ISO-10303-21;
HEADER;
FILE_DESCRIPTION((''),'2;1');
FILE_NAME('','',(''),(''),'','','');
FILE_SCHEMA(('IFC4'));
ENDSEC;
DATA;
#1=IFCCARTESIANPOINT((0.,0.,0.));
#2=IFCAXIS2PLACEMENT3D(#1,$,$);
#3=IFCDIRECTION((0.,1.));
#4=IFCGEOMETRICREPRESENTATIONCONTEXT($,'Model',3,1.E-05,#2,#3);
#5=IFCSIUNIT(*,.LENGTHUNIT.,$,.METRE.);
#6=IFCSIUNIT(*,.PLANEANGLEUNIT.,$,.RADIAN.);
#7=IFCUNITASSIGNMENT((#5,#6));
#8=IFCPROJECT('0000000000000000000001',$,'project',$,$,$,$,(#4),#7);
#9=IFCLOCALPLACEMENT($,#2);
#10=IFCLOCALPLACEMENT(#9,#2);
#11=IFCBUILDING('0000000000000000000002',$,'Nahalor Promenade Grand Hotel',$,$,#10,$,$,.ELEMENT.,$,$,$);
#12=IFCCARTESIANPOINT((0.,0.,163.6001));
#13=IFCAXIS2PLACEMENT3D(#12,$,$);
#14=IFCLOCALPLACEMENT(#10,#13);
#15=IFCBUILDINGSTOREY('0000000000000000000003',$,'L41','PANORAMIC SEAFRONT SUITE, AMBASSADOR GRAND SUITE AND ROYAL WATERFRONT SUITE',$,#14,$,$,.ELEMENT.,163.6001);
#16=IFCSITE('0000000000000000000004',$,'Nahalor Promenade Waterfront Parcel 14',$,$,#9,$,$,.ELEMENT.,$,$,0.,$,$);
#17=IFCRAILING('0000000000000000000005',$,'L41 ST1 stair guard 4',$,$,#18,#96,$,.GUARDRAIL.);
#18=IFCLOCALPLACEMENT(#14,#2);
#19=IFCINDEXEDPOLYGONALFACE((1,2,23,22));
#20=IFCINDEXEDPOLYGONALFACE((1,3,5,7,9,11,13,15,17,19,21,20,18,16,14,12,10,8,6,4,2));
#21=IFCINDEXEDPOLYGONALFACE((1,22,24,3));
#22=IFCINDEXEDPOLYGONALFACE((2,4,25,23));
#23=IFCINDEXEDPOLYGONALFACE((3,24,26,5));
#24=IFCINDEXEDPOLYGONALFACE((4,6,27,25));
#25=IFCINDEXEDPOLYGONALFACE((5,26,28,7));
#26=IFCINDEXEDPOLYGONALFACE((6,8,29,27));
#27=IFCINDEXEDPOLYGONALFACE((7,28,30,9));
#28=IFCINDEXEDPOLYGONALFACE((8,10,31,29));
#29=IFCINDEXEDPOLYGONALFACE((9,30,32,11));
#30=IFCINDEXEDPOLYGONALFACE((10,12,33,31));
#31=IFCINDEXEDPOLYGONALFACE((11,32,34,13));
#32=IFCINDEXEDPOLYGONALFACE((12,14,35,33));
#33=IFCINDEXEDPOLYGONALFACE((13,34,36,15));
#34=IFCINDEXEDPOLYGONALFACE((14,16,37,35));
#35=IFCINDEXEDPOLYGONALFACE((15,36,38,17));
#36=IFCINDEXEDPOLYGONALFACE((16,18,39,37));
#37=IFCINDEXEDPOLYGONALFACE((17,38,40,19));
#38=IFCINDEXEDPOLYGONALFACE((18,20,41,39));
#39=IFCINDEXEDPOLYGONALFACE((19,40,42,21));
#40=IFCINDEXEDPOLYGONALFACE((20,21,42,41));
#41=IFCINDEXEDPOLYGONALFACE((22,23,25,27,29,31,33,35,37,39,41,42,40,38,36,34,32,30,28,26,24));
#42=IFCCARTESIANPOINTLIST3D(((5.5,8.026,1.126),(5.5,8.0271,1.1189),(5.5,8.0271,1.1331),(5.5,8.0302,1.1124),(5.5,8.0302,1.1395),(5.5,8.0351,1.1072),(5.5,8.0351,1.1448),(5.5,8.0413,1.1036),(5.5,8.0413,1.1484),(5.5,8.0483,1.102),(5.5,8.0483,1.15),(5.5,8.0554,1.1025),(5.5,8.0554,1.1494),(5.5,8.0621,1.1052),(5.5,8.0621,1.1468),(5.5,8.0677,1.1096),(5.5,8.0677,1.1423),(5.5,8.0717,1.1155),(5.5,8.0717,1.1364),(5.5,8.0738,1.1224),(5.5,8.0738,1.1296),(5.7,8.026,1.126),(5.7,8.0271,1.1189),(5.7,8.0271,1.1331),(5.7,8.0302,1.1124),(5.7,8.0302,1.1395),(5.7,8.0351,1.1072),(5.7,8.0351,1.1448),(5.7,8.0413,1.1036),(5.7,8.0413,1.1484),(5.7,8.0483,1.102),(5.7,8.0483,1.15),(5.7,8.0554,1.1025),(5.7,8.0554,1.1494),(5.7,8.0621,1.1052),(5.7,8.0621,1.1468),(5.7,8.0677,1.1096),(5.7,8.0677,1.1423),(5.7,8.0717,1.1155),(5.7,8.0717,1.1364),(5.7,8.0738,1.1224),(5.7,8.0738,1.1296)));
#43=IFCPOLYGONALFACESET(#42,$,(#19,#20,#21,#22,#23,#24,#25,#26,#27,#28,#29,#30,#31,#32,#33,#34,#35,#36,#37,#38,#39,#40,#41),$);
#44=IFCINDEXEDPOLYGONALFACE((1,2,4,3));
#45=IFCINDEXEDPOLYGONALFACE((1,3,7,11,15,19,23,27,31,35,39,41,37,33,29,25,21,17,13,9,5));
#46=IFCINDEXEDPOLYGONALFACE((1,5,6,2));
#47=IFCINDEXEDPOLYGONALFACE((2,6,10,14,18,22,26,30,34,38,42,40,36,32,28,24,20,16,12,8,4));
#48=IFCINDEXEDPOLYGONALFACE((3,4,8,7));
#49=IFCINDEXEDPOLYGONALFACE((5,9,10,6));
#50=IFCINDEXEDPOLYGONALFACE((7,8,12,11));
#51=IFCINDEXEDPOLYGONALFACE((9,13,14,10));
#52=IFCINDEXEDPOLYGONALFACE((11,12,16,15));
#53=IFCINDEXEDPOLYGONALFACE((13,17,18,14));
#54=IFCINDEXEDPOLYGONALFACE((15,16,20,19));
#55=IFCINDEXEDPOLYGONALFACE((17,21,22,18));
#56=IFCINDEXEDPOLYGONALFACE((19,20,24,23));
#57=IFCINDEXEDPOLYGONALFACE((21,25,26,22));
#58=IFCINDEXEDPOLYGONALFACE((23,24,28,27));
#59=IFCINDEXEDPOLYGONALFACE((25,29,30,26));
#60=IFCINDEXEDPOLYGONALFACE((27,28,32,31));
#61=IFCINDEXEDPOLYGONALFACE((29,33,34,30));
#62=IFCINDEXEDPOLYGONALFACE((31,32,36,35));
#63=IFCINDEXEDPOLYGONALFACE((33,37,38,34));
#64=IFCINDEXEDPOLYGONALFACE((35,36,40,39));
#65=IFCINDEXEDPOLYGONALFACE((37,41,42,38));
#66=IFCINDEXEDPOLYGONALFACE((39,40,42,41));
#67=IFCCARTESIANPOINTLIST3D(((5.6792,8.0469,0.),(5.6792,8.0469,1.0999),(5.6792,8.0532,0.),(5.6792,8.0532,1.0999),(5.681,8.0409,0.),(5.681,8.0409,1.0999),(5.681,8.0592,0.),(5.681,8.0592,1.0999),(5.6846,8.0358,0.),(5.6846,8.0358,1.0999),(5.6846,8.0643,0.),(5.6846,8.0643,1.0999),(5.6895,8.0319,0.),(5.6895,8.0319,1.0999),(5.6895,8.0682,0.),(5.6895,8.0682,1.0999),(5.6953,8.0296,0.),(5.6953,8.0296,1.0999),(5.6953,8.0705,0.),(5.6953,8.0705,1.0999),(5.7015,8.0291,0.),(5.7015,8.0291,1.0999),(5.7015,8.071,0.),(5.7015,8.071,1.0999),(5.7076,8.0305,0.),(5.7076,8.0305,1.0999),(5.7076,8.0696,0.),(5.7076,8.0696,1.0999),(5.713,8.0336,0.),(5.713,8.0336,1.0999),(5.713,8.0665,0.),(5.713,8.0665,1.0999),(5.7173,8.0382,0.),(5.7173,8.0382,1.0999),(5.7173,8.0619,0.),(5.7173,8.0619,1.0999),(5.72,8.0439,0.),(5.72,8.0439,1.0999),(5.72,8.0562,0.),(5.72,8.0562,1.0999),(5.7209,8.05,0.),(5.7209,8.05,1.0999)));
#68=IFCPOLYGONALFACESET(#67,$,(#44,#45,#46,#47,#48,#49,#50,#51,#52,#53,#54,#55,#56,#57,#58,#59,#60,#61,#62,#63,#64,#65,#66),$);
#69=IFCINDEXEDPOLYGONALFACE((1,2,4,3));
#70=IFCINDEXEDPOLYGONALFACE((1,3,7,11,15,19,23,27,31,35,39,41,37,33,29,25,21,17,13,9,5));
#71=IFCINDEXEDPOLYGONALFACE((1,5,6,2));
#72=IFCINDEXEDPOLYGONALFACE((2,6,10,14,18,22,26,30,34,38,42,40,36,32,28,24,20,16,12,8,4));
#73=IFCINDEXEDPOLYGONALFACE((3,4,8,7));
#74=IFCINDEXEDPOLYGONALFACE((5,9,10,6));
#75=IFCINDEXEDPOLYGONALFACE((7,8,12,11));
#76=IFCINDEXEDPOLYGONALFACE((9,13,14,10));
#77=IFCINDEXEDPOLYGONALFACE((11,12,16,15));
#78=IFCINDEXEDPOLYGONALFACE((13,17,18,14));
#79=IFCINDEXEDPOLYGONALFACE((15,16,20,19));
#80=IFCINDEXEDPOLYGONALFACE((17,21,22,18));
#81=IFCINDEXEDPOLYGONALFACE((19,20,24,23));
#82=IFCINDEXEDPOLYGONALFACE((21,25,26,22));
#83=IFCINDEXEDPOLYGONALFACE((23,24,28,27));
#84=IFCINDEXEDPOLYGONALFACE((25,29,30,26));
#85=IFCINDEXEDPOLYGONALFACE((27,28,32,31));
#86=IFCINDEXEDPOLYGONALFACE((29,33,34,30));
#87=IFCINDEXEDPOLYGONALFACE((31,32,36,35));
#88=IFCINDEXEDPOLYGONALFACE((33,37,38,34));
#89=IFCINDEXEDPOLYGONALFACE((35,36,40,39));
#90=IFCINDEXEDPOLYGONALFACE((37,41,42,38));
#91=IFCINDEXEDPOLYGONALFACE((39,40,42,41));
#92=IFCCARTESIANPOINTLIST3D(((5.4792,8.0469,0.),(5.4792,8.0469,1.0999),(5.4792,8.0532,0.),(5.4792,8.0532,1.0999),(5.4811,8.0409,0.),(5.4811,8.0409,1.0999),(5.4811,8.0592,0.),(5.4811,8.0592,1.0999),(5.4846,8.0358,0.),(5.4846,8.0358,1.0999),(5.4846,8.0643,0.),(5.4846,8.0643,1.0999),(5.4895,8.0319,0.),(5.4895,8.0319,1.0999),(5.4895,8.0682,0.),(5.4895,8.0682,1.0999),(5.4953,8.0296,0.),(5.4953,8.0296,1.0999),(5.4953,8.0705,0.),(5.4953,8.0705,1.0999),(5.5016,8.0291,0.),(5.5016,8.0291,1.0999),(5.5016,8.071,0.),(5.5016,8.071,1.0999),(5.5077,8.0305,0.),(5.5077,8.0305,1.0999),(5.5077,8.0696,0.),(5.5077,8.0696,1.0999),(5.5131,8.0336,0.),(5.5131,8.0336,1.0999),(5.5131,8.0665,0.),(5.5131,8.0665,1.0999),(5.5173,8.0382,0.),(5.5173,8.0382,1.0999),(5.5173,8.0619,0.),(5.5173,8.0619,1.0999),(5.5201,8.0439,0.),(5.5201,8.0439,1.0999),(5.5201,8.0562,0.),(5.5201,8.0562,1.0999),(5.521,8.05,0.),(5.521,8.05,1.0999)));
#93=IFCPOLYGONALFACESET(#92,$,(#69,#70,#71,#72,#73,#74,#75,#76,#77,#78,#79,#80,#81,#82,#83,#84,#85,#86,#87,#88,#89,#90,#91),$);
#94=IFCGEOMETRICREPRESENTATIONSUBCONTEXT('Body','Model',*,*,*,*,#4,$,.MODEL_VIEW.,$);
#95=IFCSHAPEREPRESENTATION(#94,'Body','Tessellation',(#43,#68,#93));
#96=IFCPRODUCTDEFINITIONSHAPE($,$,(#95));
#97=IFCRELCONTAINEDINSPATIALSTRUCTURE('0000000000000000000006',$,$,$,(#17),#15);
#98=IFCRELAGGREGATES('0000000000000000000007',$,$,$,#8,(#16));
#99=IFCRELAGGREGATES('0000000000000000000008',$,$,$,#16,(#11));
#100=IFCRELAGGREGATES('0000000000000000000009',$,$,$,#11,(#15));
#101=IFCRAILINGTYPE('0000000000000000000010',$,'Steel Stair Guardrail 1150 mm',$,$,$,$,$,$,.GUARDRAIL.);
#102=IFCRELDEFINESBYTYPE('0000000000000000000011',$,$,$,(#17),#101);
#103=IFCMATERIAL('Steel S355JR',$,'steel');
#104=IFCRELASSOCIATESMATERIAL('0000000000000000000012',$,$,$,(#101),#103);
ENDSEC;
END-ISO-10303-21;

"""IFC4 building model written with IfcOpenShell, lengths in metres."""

from ifc_helpers import new_model, si_unit, direction, frame, origin, origin_2d, place, context, subcontext, project, spatial, circle, extrude, material, type_object, element, save


model = new_model("IFC4")

# Units and contexts
model_context = context("Model", 3, precision=1e-05, world=origin(), true_north=direction((0.0, 1.0)))
body_context = subcontext(model_context, "Body", "Model", "MODEL_VIEW")
ifc_project = project(units=[si_unit("LENGTHUNIT", "METRE"), si_unit("PLANEANGLEUNIT", "RADIAN")], contexts=[model_context])

# Site, building, storey
site_placement = place(None, origin())
site = spatial("IfcSite", under=ifc_project, at=site_placement, Name="Nahalor Promenade Waterfront Parcel 14", CompositionType="ELEMENT", RefElevation=0.0)
building_placement = place(site_placement, origin())
building = spatial("IfcBuilding", under=site, at=building_placement, Name="Nahalor Promenade Grand Hotel", CompositionType="ELEMENT")
storey_placement = place(building_placement, frame((0.0, 0.0, 163.6001)))
storey = spatial("IfcBuildingStorey", under=building, at=storey_placement, Name="L41", Description="PANORAMIC SEAFRONT SUITE, AMBASSADOR GRAND SUITE AND ROYAL WATERFRONT SUITE", CompositionType="ELEMENT", Elevation=163.6001)

# Shared definitions
ifc_material_1 = material(Name="Steel S355JR", Category="steel")

# Railing
railing_type_1 = type_object("IfcRailingType", Name="Steel Stair Guardrail 1150 mm", PredefinedType="GUARDRAIL", material=ifc_material_1)
railing_1_placement = place(storey_placement, frame((5.7, 8.05, 0.0)))
element("IfcRailing", 1, at=railing_1_placement, inside=storey, type_object=railing_type_1, Name="L41 ST1 stair guard 4", PredefinedType="GUARDRAIL", context=body_context, shape_type="SweptSolid", body=[
    extrude(circle(Radius=0.024, at=origin_2d()), frame((0.0, 0.0, 1.126), z_axis=(-1.0, 0.0, 0.0), x_axis=(0.0, -1.0, 0.0)), (0.0, 0.0, 1.0), 0.2),
    extrude(circle(Radius=0.021, at=origin_2d()), origin(), (0.0, 0.0, 1.0), 1.0999),
    extrude(circle(Radius=0.021, at=origin_2d()), frame((-0.2, 0.0, 0.0)), (0.0, 0.0, 1.0), 1.0999),
])

save(model, "model.ifc")
